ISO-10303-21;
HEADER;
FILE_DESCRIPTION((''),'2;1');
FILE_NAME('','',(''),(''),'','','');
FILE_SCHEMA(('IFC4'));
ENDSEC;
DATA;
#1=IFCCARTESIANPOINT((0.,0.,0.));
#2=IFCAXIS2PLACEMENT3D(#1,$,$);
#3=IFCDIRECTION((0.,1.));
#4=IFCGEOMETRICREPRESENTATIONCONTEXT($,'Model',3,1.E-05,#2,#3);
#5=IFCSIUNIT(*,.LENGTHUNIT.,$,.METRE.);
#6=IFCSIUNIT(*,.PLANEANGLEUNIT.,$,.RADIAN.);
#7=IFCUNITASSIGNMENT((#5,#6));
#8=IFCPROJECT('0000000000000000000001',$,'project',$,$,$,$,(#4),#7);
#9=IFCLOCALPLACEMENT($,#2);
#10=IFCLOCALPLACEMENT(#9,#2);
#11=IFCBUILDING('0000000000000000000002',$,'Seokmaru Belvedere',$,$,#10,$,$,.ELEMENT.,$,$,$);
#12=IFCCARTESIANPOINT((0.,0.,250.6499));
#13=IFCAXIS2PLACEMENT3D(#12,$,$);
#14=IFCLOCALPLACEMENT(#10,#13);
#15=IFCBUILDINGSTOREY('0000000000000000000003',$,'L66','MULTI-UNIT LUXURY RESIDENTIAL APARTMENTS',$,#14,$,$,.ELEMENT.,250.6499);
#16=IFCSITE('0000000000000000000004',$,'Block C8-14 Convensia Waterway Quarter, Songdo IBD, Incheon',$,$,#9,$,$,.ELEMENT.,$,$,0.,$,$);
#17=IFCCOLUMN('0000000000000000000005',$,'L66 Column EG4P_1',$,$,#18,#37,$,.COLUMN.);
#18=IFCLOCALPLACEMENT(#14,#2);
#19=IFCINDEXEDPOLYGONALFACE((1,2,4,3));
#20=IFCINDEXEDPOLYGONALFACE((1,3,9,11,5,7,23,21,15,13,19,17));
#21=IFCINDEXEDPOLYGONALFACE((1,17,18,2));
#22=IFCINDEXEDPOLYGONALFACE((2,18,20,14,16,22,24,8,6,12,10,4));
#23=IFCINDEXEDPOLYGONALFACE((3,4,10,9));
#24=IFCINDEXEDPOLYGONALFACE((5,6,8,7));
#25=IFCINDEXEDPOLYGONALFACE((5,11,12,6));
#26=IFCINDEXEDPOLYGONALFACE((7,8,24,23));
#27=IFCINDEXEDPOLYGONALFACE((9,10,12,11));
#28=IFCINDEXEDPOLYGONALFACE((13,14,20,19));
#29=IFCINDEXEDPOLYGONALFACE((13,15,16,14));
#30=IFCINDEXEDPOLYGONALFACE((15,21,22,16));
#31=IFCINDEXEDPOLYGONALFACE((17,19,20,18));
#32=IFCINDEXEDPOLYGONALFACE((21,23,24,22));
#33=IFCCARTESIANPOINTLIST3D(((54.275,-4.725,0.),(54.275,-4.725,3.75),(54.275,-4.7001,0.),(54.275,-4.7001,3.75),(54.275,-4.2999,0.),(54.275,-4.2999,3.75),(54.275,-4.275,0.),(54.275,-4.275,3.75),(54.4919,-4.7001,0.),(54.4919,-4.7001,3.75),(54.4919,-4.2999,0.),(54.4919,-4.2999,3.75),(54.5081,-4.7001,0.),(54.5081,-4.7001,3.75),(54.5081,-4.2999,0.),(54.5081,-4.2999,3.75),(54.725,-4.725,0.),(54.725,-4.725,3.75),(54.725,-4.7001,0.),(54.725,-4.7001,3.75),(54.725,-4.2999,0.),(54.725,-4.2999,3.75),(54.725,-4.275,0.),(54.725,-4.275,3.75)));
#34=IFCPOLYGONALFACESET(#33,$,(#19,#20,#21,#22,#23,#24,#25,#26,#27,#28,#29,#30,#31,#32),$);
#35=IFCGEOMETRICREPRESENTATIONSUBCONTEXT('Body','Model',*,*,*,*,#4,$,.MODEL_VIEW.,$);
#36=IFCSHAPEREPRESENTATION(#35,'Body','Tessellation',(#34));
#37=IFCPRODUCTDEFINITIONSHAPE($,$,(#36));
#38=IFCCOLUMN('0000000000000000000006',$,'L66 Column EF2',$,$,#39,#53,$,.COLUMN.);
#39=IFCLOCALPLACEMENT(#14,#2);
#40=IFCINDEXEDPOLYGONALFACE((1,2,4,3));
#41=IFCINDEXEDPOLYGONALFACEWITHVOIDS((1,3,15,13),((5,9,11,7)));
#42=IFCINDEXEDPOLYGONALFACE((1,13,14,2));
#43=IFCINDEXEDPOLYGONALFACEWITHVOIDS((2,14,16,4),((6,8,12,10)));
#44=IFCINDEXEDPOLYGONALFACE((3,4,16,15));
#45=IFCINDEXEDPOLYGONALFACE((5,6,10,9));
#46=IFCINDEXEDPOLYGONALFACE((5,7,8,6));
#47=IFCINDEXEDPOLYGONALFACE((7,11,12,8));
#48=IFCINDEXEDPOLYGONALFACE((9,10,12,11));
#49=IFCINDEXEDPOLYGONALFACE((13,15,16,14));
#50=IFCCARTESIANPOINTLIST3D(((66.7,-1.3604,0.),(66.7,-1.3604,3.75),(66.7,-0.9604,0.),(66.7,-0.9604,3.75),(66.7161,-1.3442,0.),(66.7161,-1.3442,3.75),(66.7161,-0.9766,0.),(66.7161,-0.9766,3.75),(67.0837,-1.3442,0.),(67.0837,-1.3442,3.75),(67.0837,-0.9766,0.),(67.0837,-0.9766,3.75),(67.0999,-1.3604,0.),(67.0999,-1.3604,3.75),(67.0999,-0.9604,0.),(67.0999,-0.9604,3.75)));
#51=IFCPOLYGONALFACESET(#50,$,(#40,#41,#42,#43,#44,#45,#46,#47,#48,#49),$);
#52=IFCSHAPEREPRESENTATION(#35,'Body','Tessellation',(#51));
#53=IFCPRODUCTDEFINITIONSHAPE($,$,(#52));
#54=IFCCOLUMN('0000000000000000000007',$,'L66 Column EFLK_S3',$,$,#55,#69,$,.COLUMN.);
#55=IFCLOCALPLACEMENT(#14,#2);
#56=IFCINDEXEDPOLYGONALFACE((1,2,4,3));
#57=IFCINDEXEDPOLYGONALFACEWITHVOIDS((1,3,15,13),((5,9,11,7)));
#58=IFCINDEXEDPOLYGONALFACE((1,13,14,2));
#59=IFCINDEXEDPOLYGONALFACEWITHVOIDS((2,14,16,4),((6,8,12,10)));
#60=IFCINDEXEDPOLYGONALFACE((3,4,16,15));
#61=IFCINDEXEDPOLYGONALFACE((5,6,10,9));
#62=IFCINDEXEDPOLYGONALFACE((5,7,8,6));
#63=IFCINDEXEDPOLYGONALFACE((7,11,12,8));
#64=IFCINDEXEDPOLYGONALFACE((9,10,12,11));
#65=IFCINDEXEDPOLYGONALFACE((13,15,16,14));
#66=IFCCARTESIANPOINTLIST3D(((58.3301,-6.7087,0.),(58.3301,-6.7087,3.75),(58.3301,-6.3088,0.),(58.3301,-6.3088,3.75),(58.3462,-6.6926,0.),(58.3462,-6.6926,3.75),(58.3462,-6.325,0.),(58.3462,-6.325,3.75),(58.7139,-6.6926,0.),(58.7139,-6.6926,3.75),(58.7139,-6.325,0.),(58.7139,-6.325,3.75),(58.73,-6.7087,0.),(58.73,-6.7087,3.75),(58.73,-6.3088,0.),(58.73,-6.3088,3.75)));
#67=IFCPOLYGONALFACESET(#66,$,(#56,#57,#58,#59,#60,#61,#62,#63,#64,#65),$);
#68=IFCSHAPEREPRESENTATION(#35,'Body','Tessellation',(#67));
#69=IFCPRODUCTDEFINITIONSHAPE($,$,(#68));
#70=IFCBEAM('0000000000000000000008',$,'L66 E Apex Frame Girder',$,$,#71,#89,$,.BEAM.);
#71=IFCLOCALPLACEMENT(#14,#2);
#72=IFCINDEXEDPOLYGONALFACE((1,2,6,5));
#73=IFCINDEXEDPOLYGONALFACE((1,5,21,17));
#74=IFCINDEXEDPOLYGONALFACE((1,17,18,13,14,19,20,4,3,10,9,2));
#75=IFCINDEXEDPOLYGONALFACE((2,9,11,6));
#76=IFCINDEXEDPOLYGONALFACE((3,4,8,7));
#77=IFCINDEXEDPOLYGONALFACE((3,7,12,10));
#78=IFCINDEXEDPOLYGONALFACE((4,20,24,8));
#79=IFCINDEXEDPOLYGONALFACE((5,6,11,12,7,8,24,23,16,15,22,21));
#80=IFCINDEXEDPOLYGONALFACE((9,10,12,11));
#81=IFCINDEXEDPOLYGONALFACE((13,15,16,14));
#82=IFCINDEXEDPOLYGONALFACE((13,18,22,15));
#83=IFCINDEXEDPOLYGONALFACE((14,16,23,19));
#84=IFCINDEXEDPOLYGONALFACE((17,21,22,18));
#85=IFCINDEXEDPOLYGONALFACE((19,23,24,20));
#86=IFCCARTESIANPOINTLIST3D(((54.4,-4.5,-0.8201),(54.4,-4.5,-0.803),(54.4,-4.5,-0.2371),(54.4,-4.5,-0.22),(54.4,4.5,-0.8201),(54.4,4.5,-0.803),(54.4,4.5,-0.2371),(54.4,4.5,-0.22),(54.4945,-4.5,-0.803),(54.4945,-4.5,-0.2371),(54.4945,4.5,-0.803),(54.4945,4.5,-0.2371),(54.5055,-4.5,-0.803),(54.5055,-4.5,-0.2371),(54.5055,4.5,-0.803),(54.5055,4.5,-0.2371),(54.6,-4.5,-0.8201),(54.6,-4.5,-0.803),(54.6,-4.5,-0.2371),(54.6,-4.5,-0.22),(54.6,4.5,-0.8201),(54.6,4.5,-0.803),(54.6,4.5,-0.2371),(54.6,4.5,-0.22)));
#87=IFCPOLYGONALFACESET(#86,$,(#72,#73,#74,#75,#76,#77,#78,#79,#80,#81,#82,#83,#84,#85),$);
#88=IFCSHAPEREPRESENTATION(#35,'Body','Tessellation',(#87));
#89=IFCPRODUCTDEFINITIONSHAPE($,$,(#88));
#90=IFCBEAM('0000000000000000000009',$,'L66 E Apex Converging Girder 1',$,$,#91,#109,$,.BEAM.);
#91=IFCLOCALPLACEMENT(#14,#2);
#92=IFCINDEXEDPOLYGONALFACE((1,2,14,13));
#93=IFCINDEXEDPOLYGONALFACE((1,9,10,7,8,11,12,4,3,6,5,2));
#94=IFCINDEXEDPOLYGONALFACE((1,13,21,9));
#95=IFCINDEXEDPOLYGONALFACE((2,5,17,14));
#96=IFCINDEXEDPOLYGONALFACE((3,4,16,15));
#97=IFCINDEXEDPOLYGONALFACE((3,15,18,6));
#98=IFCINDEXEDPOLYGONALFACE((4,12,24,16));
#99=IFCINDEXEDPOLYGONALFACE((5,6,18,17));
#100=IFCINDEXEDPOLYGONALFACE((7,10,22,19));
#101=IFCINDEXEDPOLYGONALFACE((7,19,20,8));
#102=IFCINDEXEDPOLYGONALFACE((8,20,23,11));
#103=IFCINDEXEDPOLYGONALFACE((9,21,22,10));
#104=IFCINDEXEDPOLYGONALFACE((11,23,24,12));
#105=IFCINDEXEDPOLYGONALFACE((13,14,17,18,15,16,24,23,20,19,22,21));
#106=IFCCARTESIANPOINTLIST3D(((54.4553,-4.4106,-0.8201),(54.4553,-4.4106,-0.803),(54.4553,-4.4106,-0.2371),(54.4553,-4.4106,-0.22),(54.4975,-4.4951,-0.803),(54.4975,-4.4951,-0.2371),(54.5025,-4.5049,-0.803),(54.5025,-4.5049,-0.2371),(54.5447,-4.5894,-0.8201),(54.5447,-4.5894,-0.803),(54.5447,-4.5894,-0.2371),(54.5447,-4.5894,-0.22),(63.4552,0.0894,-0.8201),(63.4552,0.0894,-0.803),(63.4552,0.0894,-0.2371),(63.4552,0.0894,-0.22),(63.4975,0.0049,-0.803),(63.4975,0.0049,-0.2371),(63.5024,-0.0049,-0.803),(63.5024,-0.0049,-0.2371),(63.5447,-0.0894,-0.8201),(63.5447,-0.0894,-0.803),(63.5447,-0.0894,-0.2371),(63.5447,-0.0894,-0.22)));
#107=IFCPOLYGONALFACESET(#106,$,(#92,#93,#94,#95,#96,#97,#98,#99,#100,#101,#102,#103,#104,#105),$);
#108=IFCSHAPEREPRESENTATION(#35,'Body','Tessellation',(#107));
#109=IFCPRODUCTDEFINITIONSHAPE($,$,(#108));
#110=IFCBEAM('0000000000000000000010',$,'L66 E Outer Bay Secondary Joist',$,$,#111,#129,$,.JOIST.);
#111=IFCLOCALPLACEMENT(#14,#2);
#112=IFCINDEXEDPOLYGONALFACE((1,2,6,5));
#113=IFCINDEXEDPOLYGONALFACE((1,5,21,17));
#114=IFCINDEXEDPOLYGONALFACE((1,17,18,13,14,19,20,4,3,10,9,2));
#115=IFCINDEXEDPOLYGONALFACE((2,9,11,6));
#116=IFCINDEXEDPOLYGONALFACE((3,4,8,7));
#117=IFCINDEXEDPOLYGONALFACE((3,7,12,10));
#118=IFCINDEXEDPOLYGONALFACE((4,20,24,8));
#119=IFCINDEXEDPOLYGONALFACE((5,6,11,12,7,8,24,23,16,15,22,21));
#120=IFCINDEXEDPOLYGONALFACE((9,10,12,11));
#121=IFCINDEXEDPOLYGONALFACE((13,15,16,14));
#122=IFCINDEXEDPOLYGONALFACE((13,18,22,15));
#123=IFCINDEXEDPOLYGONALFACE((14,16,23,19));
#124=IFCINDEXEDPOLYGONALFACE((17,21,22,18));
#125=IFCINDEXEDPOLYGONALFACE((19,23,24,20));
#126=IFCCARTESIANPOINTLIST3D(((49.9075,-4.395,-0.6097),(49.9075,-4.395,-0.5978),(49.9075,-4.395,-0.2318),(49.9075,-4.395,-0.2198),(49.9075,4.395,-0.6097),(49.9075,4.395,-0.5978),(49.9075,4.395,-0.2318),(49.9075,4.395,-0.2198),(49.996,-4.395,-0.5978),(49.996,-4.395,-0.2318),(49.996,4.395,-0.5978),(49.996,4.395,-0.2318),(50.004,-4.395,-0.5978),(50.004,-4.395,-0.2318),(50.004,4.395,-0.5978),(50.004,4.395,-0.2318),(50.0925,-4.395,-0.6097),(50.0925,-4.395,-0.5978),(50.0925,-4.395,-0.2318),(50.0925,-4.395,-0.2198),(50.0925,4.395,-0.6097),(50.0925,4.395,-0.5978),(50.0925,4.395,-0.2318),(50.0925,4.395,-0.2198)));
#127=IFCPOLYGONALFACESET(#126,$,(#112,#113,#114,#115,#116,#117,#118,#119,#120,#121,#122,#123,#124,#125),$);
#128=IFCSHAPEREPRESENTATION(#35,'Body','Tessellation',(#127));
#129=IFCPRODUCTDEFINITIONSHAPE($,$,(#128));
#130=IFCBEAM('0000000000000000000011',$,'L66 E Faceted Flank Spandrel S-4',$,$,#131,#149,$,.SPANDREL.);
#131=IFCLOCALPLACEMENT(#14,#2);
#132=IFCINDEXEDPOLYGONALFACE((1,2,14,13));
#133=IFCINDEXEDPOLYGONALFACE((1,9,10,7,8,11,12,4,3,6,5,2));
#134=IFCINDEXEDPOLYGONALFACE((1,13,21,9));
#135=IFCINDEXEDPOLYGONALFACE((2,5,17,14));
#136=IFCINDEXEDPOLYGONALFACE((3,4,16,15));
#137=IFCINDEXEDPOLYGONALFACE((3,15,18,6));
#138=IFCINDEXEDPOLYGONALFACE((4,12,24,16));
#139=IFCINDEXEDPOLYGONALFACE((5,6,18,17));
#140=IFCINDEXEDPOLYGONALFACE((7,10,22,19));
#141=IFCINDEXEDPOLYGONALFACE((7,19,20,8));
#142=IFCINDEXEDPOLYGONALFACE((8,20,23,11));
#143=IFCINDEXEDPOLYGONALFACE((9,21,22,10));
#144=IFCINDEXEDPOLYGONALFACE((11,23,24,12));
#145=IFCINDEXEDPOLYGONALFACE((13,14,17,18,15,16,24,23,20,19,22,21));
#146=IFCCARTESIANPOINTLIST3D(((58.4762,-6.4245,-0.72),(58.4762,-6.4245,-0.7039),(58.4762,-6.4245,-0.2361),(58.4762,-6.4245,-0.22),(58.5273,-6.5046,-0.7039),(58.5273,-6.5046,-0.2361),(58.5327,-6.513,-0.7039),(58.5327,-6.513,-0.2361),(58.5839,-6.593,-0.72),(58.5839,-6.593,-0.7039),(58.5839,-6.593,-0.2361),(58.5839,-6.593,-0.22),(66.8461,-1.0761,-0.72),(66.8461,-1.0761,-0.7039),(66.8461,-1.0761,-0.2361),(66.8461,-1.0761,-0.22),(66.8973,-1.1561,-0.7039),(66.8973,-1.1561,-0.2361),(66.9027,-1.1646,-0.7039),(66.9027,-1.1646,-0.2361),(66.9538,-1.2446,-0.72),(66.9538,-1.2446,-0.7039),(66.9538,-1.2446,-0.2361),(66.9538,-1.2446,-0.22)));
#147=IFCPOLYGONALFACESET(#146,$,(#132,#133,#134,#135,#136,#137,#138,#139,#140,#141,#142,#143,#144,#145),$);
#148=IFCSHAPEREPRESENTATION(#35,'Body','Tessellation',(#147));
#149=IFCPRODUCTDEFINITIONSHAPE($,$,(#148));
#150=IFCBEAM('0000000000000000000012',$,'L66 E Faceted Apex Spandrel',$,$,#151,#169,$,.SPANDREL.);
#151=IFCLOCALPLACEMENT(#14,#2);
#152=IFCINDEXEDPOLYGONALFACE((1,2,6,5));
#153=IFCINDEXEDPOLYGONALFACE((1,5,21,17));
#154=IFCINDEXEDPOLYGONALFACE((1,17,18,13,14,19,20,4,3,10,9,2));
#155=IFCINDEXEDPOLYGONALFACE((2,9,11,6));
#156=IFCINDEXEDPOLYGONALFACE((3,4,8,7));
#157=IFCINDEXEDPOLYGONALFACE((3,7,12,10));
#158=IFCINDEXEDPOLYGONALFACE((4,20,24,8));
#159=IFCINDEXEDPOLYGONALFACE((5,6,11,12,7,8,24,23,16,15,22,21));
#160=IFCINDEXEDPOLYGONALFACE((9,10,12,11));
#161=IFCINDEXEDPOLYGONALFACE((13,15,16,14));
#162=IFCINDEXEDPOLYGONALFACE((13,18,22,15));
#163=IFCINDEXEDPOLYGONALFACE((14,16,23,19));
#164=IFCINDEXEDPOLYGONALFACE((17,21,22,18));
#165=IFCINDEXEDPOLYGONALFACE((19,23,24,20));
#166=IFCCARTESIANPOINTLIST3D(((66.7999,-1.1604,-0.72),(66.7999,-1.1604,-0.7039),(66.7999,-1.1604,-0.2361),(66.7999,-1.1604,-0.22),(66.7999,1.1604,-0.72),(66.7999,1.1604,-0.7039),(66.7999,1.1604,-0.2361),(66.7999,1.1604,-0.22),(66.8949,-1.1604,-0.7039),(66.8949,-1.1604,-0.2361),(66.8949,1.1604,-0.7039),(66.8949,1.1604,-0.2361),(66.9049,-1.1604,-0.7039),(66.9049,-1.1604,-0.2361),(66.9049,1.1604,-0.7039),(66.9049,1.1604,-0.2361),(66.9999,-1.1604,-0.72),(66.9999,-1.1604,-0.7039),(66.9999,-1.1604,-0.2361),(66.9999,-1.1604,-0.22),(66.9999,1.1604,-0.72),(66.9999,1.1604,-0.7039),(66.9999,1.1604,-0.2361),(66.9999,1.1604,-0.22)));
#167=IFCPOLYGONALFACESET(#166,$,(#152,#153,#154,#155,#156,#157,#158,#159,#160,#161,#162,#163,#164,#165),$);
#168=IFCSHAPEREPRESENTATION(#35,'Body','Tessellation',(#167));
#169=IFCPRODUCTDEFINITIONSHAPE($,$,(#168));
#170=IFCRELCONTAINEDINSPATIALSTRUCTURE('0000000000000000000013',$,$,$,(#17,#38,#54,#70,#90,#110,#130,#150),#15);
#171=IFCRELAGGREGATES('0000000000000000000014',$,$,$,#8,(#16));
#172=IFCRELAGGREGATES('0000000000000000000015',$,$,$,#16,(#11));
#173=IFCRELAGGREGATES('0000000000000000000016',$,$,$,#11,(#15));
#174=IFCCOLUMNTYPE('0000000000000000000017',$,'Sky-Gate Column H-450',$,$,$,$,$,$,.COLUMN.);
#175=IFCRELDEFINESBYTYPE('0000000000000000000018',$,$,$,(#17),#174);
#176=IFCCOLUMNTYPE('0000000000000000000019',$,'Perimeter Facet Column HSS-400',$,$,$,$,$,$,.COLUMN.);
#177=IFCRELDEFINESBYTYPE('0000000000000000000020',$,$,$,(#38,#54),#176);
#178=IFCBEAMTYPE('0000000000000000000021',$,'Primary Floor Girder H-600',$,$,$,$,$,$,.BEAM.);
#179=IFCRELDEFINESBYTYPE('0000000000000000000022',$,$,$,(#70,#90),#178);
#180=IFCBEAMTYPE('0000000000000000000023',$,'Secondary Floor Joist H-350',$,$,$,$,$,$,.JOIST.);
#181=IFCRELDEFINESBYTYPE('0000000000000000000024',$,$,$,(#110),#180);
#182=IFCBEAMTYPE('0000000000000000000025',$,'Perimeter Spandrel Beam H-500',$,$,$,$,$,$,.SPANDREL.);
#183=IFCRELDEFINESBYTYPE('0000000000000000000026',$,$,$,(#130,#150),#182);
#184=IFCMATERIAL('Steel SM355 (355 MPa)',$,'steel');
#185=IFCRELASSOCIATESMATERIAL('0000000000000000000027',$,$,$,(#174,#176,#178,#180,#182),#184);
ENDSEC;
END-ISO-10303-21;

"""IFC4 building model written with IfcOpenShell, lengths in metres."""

from ifc_helpers import new_model, si_unit, direction, frame, origin, origin_2d, place, context, subcontext, project, spatial, hollow_rectangle, i_section, extrude, source, transform, mapped, material, material_profile, profile_set, type_object, type_shapes, element, save


model = new_model("IFC4")

# Units and contexts
model_context = context("Model", 3, precision=1e-05, world=origin(), true_north=direction((0.0, 1.0)))
body_context = subcontext(model_context, "Body", "Model", "MODEL_VIEW")
ifc_project = project(units=[si_unit("LENGTHUNIT", "METRE"), si_unit("PLANEANGLEUNIT", "RADIAN")], contexts=[model_context])

# Site, building, storey
site_placement = place(None, origin())
site = spatial("IfcSite", under=ifc_project, at=site_placement, Name="Block C8-14 Convensia Waterway Quarter, Songdo IBD, Incheon", CompositionType="ELEMENT", RefElevation=0.0)
building_placement = place(site_placement, origin())
building = spatial("IfcBuilding", under=site, at=building_placement, Name="Seokmaru Belvedere", CompositionType="ELEMENT")
storey_placement = place(building_placement, frame((0.0, 0.0, 250.6499)))
storey = spatial("IfcBuildingStorey", under=building, at=storey_placement, Name="L66", Description="MULTI-UNIT LUXURY RESIDENTIAL APARTMENTS", CompositionType="ELEMENT", Elevation=250.6499)

# Columns
ifc_material_1 = material(Name="Steel SM355 (355 MPa)", Category="steel")
ifc_material_profile_1 = material_profile(ifc_material_1, i_section(OverallWidth=0.45, OverallDepth=0.45, WebThickness=0.0161, FlangeThickness=0.0249, at=origin_2d()), Name="H-450x450x16x25")
ifc_profile_set_1 = profile_set([ifc_material_profile_1], Name="Steel SM355 (355 MPa)")
column_type_1 = type_object("IfcColumnType", Name="Sky-Gate Column H-450", PredefinedType="COLUMN", material=ifc_profile_set_1)
shared_shape_1 = source(origin(), body_context, "Body", "SweptSolid", [
    extrude(i_section(OverallWidth=0.45, OverallDepth=0.45, WebThickness=0.0161, FlangeThickness=0.0249, at=origin_2d()), origin(), (0.0, 0.0, 1.0), 3.75),
])
type_shapes(column_type_1, [shared_shape_1])
column_placement = place(storey_placement, frame((54.5, -4.5, 0.0), z_axis=(0.0, 0.0, 1.0), x_axis=(1.0, 0.0, 0.0)))
element("IfcColumn", 1, at=column_placement, inside=storey, type_object=column_type_1, Name="L66 Column EG4P_1", PredefinedType="COLUMN", context=body_context, shape_type="MappedRepresentation", body=[
    mapped(shared_shape_1, transform((0.0, 0.0, 0.0), scale=1.0)),
])
ifc_material_profile_2 = material_profile(ifc_material_1, hollow_rectangle(XDim=0.3999, YDim=0.3999, WallThickness=0.0161, at=origin_2d()), Name="HSS-400x400x16")
ifc_profile_set_2 = profile_set([ifc_material_profile_2], Name="Steel SM355 (355 MPa)")
column_type_2 = type_object("IfcColumnType", Name="Perimeter Facet Column HSS-400", PredefinedType="COLUMN", material=ifc_profile_set_2)
shared_shape_2 = source(origin(), body_context, "Body", "SweptSolid", [
    extrude(hollow_rectangle(XDim=0.3999, YDim=0.3999, WallThickness=0.0161, at=origin_2d()), origin(), (0.0, 0.0, 1.0), 3.75),
])
type_shapes(column_type_2, [shared_shape_2])
for number, where, z_axis, x_axis, name in (
    (2, (66.8999, -1.1604, 0.0), (0.0, 0.0, 1.0), (1.0, 0.0, 0.0), "L66 Column EF2"),
    (3, (58.53, -6.5088, 0.0), (0.0, 0.0, 1.0), (1.0, 0.0, 0.0), "L66 Column EFLK_S3"),
):
    element("IfcColumn", number, at=place(storey_placement, frame(where, z_axis=z_axis, x_axis=x_axis)), inside=storey, type_object=column_type_2, Name=name, PredefinedType="COLUMN", context=body_context, shape_type="MappedRepresentation", body=[
        mapped(shared_shape_2, transform((0.0, 0.0, 0.0), scale=1.0)),
    ])

# Beams
ifc_material_profile_3 = material_profile(ifc_material_1, i_section(OverallWidth=0.2, OverallDepth=0.6001, WebThickness=0.011, FlangeThickness=0.0171, at=origin_2d()), Name="H-600x200x11x17")
ifc_profile_set_3 = profile_set([ifc_material_profile_3], Name="Steel SM355 (355 MPa)")
beam_type_1 = type_object("IfcBeamType", Name="Primary Floor Girder H-600", PredefinedType="BEAM", material=ifc_profile_set_3)
shared_shape_3 = source(origin(), body_context, "Body", "SweptSolid", [
    extrude(i_section(OverallWidth=0.2, OverallDepth=0.6001, WebThickness=0.011, FlangeThickness=0.0171, at=origin_2d()), origin(), (0.0, 0.0, 1.0), 9.0),
])
beam_1_placement = place(storey_placement, frame((54.5, -4.5, -0.52), z_axis=(0.0, 1.0, 0.0), x_axis=(-1.0, 0.0, 0.0)))
element("IfcBeam", 4, at=beam_1_placement, inside=storey, type_object=beam_type_1, Name="L66 E Apex Frame Girder", PredefinedType="BEAM", context=body_context, shape_type="MappedRepresentation", body=[
    mapped(shared_shape_3, transform((0.0, 0.0, 0.0), scale=1.0)),
])
shared_shape_4 = source(origin(), body_context, "Body", "SweptSolid", [
    extrude(i_section(OverallWidth=0.2, OverallDepth=0.6001, WebThickness=0.011, FlangeThickness=0.0171, at=origin_2d()), origin(), (0.0, 0.0, 1.0), 10.0623),
])
beam_2_placement = place(storey_placement, frame((54.5, -4.5, -0.52), z_axis=(0.894427, 0.447214, 0.0), x_axis=(-0.447214, 0.894427, 0.0)))
element("IfcBeam", 5, at=beam_2_placement, inside=storey, type_object=beam_type_1, Name="L66 E Apex Converging Girder 1", PredefinedType="BEAM", context=body_context, shape_type="MappedRepresentation", body=[
    mapped(shared_shape_4, transform((0.0, 0.0, 0.0), scale=1.0)),
])
ifc_material_profile_4 = material_profile(ifc_material_1, i_section(OverallWidth=0.1851, OverallDepth=0.3899, WebThickness=0.0081, FlangeThickness=0.012, at=origin_2d()), Name="H-390x185x8x12")
ifc_profile_set_4 = profile_set([ifc_material_profile_4], Name="Steel SM355 (355 MPa)")
beam_type_2 = type_object("IfcBeamType", Name="Secondary Floor Joist H-350", PredefinedType="JOIST", material=ifc_profile_set_4)
shared_shape_5 = source(origin(), body_context, "Body", "SweptSolid", [
    extrude(i_section(OverallWidth=0.1851, OverallDepth=0.3899, WebThickness=0.0081, FlangeThickness=0.012, at=origin_2d()), origin(), (0.0, 0.0, 1.0), 8.79),
])
type_shapes(beam_type_2, [shared_shape_5])
beam_3_placement = place(storey_placement, frame((50.0, -4.395, -0.4148), z_axis=(0.0, 1.0, 0.0), x_axis=(-1.0, 0.0, 0.0)))
element("IfcBeam", 6, at=beam_3_placement, inside=storey, type_object=beam_type_2, Name="L66 E Outer Bay Secondary Joist", PredefinedType="JOIST", context=body_context, shape_type="MappedRepresentation", body=[
    mapped(shared_shape_5, transform((0.0, 0.0, 0.0), scale=1.0)),
])
ifc_material_profile_5 = material_profile(ifc_material_1, i_section(OverallWidth=0.2, OverallDepth=0.5, WebThickness=0.01, FlangeThickness=0.0161, at=origin_2d()), Name="H-500x200x10x16")
ifc_profile_set_5 = profile_set([ifc_material_profile_5], Name="Steel SM355 (355 MPa)")
beam_type_3 = type_object("IfcBeamType", Name="Perimeter Spandrel Beam H-500", PredefinedType="SPANDREL", material=ifc_profile_set_5)
shared_shape_6 = source(origin(), body_context, "Body", "SweptSolid", [
    extrude(i_section(OverallWidth=0.2, OverallDepth=0.5, WebThickness=0.01, FlangeThickness=0.0161, at=origin_2d()), origin(), (0.0, 0.0, 1.0), 9.9329),
])
beam_4_placement = place(storey_placement, frame((58.53, -6.5088, -0.47), z_axis=(0.842652, 0.538459, 0.0), x_axis=(-0.538459, 0.842652, 0.0)))
element("IfcBeam", 7, at=beam_4_placement, inside=storey, type_object=beam_type_3, Name="L66 E Faceted Flank Spandrel S-4", PredefinedType="SPANDREL", context=body_context, shape_type="MappedRepresentation", body=[
    mapped(shared_shape_6, transform((0.0, 0.0, 0.0), scale=1.0)),
])
shared_shape_7 = source(origin(), body_context, "Body", "SweptSolid", [
    extrude(i_section(OverallWidth=0.2, OverallDepth=0.5, WebThickness=0.01, FlangeThickness=0.0161, at=origin_2d()), origin(), (0.0, 0.0, 1.0), 2.3208),
])
type_shapes(beam_type_3, [shared_shape_6, shared_shape_7])
beam_5_placement = place(storey_placement, frame((66.8999, -1.1604, -0.47), z_axis=(0.0, 1.0, 0.0), x_axis=(-1.0, 0.0, 0.0)))
element("IfcBeam", 8, at=beam_5_placement, inside=storey, type_object=beam_type_3, Name="L66 E Faceted Apex Spandrel", PredefinedType="SPANDREL", context=body_context, shape_type="MappedRepresentation", body=[
    mapped(shared_shape_7, transform((0.0, 0.0, 0.0), scale=1.0)),
])

save(model, "model.ifc")
